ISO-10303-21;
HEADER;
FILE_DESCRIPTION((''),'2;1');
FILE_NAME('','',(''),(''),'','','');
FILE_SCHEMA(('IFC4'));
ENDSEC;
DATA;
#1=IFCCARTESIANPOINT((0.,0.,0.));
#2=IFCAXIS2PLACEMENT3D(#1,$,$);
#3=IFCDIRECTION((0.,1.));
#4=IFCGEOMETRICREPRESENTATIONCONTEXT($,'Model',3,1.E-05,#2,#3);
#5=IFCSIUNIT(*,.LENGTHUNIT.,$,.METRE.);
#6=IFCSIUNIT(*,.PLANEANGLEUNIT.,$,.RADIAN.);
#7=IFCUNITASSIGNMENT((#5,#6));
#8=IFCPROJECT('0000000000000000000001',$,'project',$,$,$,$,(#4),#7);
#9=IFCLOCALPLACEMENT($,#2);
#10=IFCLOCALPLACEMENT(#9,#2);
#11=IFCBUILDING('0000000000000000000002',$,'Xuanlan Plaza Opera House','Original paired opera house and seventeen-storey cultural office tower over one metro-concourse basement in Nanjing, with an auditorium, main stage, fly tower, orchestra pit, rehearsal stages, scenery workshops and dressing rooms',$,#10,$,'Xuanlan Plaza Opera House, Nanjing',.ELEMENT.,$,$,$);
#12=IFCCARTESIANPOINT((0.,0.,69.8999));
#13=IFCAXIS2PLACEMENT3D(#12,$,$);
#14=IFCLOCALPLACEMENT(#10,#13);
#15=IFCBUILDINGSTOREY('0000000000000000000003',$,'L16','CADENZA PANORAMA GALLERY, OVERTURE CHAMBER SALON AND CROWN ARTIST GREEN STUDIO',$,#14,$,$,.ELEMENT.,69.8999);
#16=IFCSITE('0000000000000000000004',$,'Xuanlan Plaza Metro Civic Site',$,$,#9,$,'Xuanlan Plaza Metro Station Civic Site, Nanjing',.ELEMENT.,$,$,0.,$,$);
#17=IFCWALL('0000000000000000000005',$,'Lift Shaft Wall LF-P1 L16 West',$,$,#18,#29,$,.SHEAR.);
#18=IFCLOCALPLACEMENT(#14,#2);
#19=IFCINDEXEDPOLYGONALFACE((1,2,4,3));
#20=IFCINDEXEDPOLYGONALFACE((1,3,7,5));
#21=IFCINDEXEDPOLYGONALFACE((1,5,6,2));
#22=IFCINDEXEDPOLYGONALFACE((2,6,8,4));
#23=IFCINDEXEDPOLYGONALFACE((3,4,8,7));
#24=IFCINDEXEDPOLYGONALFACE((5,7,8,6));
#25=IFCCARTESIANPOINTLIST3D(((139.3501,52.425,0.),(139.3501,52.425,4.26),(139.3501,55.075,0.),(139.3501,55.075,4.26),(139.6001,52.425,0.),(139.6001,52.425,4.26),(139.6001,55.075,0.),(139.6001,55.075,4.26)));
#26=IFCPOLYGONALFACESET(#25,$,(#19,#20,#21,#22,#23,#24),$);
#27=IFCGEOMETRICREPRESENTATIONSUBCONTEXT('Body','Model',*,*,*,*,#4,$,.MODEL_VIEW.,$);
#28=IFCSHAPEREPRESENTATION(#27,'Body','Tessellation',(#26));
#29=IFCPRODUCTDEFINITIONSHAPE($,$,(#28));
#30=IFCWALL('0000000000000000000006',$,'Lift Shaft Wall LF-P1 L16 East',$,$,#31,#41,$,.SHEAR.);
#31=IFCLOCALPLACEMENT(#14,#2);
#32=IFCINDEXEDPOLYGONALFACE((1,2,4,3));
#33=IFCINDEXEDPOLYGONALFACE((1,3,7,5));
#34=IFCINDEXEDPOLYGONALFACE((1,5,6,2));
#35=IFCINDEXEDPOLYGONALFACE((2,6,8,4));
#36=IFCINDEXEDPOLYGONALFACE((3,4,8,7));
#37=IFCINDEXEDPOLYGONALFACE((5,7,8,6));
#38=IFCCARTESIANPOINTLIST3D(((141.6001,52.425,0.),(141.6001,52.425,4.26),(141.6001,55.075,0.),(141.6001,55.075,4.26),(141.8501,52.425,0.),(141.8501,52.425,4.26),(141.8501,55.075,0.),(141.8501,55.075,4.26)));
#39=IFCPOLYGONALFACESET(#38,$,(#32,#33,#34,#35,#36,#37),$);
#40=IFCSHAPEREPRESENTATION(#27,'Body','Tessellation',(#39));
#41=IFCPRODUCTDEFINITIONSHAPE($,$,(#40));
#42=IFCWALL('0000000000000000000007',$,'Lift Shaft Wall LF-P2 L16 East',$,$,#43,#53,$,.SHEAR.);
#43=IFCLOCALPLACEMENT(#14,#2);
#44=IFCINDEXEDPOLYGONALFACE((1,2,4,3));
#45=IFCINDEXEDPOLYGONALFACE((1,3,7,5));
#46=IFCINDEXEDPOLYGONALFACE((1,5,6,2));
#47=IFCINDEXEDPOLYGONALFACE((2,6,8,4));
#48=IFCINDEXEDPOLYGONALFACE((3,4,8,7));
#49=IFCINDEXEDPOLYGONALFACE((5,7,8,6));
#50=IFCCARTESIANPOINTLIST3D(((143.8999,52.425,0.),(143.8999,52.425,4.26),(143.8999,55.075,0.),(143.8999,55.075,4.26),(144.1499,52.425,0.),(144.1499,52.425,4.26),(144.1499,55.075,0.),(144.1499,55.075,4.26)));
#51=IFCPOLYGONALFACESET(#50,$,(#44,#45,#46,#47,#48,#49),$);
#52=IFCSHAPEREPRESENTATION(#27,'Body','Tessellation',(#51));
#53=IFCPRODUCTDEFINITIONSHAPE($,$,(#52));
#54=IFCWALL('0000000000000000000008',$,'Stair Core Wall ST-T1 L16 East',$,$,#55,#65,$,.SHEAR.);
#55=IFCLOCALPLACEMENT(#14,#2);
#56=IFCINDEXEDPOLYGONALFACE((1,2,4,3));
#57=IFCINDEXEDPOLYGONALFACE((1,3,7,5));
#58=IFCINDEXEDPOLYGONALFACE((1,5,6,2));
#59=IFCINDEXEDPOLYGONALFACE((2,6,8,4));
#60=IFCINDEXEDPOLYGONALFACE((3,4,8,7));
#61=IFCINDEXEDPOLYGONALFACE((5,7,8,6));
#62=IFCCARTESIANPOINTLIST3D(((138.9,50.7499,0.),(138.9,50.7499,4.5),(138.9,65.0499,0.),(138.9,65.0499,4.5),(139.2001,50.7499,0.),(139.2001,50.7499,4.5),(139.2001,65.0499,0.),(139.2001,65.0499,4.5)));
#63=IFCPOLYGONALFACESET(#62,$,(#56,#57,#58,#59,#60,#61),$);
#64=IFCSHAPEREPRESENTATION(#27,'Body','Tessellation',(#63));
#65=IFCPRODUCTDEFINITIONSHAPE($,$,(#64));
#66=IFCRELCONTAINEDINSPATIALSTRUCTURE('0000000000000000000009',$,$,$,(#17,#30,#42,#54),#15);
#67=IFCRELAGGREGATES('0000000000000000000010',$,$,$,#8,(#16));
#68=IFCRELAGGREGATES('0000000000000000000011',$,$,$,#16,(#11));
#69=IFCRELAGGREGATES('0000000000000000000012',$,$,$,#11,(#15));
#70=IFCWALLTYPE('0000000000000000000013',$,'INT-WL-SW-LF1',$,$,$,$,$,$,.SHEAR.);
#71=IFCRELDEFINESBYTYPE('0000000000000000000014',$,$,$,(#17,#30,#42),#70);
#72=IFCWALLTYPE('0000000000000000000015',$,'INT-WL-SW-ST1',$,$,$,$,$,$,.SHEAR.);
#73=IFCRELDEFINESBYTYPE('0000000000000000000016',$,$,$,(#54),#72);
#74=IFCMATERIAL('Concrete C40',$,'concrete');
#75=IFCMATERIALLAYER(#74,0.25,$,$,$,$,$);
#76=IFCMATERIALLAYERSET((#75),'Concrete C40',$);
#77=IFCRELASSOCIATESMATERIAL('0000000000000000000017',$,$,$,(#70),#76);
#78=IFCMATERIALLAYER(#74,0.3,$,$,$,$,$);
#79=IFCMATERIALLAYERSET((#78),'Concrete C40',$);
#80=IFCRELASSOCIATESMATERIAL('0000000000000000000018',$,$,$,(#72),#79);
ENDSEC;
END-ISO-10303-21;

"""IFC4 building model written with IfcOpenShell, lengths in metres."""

from ifc_helpers import new_model, si_unit, direction, frame, frame_2d, origin, place, context, subcontext, project, spatial, rectangle, extrude, material, layer, layer_set, type_object, element, save


model = new_model("IFC4")

# Units and contexts
model_context = context("Model", 3, precision=1e-05, world=origin(), true_north=direction((0.0, 1.0)))
body_context = subcontext(model_context, "Body", "Model", "MODEL_VIEW")
ifc_project = project(units=[si_unit("LENGTHUNIT", "METRE"), si_unit("PLANEANGLEUNIT", "RADIAN")], contexts=[model_context])

# Site, building, storey
site_placement = place(None, origin())
site = spatial("IfcSite", under=ifc_project, at=site_placement, Name="Xuanlan Plaza Metro Civic Site", LongName="Xuanlan Plaza Metro Station Civic Site, Nanjing", CompositionType="ELEMENT", RefElevation=0.0)
building_placement = place(site_placement, origin())
building = spatial("IfcBuilding", under=site, at=building_placement, Name="Xuanlan Plaza Opera House", Description="Original paired opera house and seventeen-storey cultural office tower over one metro-concourse basement in Nanjing, with an auditorium, main stage, fly tower, orchestra pit, rehearsal stages, scenery workshops and dressing rooms", LongName="Xuanlan Plaza Opera House, Nanjing", CompositionType="ELEMENT")
storey_placement = place(building_placement, frame((0.0, 0.0, 69.8999)))
storey = spatial("IfcBuildingStorey", under=building, at=storey_placement, Name="L16", Description="CADENZA PANORAMA GALLERY, OVERTURE CHAMBER SALON AND CROWN ARTIST GREEN STUDIO", CompositionType="ELEMENT", Elevation=69.8999)

# Shared definitions
ifc_material_1 = material(Name="Concrete C40", Category="concrete")

# Shared definitions
ifc_layer_1 = layer(ifc_material_1, 0.25)
ifc_layer_set_1 = layer_set([ifc_layer_1], Name="Concrete C40")
wall_type_1 = type_object("IfcWallType", Name="INT-WL-SW-LF1", PredefinedType="SHEAR", material=ifc_layer_set_1)

# Walls
for number, where, z_axis, x_axis, name in (
    (1, (139.4751, 52.425, 0.0), (0.0, 0.0, 1.0), (0.0, 1.0, 0.0), "Lift Shaft Wall LF-P1 L16 West"),
    (2, (141.7251, 52.425, 0.0), (0.0, 0.0, 1.0), (0.0, 1.0, 0.0), "Lift Shaft Wall LF-P1 L16 East"),
):
    element("IfcWall", number, at=place(storey_placement, frame(where, z_axis=z_axis, x_axis=x_axis)), inside=storey, type_object=wall_type_1, Name=name, PredefinedType="SHEAR", context=body_context, shape_type="SweptSolid", body=[
        extrude(rectangle(XDim=2.6499, YDim=0.25, at=frame_2d((1.325, 0.0))), origin(), (0.0, 0.0, 1.0), 4.26),
    ])

# Walls
wall_1_placement = place(storey_placement, frame((144.0249, 52.425, 0.0), z_axis=(0.0, 0.0, 1.0), x_axis=(0.0, 1.0, 0.0)))
element("IfcWall", 3, at=wall_1_placement, inside=storey, type_object=wall_type_1, Name="Lift Shaft Wall LF-P2 L16 East", PredefinedType="SHEAR", context=body_context, shape_type="SweptSolid", body=[
    extrude(rectangle(XDim=2.6499, YDim=0.25, at=frame_2d((1.325, 0.0))), origin(), (0.0, 0.0, 1.0), 4.26),
])
ifc_layer_2 = layer(ifc_material_1, 0.3)
ifc_layer_set_2 = layer_set([ifc_layer_2], Name="Concrete C40")
wall_type_2 = type_object("IfcWallType", Name="INT-WL-SW-ST1", PredefinedType="SHEAR", material=ifc_layer_set_2)
wall_2_placement = place(storey_placement, frame((139.05, 50.75, 0.0), z_axis=(0.0, 0.0, 1.0), x_axis=(0.0, 1.0, 0.0)))
element("IfcWall", 4, at=wall_2_placement, inside=storey, type_object=wall_type_2, Name="Stair Core Wall ST-T1 L16 East", PredefinedType="SHEAR", context=body_context, shape_type="SweptSolid", body=[
    extrude(rectangle(XDim=14.3, YDim=0.3, at=frame_2d((7.1499, 0.0))), origin(), (0.0, 0.0, 1.0), 4.5),
])

save(model, "model.ifc")
